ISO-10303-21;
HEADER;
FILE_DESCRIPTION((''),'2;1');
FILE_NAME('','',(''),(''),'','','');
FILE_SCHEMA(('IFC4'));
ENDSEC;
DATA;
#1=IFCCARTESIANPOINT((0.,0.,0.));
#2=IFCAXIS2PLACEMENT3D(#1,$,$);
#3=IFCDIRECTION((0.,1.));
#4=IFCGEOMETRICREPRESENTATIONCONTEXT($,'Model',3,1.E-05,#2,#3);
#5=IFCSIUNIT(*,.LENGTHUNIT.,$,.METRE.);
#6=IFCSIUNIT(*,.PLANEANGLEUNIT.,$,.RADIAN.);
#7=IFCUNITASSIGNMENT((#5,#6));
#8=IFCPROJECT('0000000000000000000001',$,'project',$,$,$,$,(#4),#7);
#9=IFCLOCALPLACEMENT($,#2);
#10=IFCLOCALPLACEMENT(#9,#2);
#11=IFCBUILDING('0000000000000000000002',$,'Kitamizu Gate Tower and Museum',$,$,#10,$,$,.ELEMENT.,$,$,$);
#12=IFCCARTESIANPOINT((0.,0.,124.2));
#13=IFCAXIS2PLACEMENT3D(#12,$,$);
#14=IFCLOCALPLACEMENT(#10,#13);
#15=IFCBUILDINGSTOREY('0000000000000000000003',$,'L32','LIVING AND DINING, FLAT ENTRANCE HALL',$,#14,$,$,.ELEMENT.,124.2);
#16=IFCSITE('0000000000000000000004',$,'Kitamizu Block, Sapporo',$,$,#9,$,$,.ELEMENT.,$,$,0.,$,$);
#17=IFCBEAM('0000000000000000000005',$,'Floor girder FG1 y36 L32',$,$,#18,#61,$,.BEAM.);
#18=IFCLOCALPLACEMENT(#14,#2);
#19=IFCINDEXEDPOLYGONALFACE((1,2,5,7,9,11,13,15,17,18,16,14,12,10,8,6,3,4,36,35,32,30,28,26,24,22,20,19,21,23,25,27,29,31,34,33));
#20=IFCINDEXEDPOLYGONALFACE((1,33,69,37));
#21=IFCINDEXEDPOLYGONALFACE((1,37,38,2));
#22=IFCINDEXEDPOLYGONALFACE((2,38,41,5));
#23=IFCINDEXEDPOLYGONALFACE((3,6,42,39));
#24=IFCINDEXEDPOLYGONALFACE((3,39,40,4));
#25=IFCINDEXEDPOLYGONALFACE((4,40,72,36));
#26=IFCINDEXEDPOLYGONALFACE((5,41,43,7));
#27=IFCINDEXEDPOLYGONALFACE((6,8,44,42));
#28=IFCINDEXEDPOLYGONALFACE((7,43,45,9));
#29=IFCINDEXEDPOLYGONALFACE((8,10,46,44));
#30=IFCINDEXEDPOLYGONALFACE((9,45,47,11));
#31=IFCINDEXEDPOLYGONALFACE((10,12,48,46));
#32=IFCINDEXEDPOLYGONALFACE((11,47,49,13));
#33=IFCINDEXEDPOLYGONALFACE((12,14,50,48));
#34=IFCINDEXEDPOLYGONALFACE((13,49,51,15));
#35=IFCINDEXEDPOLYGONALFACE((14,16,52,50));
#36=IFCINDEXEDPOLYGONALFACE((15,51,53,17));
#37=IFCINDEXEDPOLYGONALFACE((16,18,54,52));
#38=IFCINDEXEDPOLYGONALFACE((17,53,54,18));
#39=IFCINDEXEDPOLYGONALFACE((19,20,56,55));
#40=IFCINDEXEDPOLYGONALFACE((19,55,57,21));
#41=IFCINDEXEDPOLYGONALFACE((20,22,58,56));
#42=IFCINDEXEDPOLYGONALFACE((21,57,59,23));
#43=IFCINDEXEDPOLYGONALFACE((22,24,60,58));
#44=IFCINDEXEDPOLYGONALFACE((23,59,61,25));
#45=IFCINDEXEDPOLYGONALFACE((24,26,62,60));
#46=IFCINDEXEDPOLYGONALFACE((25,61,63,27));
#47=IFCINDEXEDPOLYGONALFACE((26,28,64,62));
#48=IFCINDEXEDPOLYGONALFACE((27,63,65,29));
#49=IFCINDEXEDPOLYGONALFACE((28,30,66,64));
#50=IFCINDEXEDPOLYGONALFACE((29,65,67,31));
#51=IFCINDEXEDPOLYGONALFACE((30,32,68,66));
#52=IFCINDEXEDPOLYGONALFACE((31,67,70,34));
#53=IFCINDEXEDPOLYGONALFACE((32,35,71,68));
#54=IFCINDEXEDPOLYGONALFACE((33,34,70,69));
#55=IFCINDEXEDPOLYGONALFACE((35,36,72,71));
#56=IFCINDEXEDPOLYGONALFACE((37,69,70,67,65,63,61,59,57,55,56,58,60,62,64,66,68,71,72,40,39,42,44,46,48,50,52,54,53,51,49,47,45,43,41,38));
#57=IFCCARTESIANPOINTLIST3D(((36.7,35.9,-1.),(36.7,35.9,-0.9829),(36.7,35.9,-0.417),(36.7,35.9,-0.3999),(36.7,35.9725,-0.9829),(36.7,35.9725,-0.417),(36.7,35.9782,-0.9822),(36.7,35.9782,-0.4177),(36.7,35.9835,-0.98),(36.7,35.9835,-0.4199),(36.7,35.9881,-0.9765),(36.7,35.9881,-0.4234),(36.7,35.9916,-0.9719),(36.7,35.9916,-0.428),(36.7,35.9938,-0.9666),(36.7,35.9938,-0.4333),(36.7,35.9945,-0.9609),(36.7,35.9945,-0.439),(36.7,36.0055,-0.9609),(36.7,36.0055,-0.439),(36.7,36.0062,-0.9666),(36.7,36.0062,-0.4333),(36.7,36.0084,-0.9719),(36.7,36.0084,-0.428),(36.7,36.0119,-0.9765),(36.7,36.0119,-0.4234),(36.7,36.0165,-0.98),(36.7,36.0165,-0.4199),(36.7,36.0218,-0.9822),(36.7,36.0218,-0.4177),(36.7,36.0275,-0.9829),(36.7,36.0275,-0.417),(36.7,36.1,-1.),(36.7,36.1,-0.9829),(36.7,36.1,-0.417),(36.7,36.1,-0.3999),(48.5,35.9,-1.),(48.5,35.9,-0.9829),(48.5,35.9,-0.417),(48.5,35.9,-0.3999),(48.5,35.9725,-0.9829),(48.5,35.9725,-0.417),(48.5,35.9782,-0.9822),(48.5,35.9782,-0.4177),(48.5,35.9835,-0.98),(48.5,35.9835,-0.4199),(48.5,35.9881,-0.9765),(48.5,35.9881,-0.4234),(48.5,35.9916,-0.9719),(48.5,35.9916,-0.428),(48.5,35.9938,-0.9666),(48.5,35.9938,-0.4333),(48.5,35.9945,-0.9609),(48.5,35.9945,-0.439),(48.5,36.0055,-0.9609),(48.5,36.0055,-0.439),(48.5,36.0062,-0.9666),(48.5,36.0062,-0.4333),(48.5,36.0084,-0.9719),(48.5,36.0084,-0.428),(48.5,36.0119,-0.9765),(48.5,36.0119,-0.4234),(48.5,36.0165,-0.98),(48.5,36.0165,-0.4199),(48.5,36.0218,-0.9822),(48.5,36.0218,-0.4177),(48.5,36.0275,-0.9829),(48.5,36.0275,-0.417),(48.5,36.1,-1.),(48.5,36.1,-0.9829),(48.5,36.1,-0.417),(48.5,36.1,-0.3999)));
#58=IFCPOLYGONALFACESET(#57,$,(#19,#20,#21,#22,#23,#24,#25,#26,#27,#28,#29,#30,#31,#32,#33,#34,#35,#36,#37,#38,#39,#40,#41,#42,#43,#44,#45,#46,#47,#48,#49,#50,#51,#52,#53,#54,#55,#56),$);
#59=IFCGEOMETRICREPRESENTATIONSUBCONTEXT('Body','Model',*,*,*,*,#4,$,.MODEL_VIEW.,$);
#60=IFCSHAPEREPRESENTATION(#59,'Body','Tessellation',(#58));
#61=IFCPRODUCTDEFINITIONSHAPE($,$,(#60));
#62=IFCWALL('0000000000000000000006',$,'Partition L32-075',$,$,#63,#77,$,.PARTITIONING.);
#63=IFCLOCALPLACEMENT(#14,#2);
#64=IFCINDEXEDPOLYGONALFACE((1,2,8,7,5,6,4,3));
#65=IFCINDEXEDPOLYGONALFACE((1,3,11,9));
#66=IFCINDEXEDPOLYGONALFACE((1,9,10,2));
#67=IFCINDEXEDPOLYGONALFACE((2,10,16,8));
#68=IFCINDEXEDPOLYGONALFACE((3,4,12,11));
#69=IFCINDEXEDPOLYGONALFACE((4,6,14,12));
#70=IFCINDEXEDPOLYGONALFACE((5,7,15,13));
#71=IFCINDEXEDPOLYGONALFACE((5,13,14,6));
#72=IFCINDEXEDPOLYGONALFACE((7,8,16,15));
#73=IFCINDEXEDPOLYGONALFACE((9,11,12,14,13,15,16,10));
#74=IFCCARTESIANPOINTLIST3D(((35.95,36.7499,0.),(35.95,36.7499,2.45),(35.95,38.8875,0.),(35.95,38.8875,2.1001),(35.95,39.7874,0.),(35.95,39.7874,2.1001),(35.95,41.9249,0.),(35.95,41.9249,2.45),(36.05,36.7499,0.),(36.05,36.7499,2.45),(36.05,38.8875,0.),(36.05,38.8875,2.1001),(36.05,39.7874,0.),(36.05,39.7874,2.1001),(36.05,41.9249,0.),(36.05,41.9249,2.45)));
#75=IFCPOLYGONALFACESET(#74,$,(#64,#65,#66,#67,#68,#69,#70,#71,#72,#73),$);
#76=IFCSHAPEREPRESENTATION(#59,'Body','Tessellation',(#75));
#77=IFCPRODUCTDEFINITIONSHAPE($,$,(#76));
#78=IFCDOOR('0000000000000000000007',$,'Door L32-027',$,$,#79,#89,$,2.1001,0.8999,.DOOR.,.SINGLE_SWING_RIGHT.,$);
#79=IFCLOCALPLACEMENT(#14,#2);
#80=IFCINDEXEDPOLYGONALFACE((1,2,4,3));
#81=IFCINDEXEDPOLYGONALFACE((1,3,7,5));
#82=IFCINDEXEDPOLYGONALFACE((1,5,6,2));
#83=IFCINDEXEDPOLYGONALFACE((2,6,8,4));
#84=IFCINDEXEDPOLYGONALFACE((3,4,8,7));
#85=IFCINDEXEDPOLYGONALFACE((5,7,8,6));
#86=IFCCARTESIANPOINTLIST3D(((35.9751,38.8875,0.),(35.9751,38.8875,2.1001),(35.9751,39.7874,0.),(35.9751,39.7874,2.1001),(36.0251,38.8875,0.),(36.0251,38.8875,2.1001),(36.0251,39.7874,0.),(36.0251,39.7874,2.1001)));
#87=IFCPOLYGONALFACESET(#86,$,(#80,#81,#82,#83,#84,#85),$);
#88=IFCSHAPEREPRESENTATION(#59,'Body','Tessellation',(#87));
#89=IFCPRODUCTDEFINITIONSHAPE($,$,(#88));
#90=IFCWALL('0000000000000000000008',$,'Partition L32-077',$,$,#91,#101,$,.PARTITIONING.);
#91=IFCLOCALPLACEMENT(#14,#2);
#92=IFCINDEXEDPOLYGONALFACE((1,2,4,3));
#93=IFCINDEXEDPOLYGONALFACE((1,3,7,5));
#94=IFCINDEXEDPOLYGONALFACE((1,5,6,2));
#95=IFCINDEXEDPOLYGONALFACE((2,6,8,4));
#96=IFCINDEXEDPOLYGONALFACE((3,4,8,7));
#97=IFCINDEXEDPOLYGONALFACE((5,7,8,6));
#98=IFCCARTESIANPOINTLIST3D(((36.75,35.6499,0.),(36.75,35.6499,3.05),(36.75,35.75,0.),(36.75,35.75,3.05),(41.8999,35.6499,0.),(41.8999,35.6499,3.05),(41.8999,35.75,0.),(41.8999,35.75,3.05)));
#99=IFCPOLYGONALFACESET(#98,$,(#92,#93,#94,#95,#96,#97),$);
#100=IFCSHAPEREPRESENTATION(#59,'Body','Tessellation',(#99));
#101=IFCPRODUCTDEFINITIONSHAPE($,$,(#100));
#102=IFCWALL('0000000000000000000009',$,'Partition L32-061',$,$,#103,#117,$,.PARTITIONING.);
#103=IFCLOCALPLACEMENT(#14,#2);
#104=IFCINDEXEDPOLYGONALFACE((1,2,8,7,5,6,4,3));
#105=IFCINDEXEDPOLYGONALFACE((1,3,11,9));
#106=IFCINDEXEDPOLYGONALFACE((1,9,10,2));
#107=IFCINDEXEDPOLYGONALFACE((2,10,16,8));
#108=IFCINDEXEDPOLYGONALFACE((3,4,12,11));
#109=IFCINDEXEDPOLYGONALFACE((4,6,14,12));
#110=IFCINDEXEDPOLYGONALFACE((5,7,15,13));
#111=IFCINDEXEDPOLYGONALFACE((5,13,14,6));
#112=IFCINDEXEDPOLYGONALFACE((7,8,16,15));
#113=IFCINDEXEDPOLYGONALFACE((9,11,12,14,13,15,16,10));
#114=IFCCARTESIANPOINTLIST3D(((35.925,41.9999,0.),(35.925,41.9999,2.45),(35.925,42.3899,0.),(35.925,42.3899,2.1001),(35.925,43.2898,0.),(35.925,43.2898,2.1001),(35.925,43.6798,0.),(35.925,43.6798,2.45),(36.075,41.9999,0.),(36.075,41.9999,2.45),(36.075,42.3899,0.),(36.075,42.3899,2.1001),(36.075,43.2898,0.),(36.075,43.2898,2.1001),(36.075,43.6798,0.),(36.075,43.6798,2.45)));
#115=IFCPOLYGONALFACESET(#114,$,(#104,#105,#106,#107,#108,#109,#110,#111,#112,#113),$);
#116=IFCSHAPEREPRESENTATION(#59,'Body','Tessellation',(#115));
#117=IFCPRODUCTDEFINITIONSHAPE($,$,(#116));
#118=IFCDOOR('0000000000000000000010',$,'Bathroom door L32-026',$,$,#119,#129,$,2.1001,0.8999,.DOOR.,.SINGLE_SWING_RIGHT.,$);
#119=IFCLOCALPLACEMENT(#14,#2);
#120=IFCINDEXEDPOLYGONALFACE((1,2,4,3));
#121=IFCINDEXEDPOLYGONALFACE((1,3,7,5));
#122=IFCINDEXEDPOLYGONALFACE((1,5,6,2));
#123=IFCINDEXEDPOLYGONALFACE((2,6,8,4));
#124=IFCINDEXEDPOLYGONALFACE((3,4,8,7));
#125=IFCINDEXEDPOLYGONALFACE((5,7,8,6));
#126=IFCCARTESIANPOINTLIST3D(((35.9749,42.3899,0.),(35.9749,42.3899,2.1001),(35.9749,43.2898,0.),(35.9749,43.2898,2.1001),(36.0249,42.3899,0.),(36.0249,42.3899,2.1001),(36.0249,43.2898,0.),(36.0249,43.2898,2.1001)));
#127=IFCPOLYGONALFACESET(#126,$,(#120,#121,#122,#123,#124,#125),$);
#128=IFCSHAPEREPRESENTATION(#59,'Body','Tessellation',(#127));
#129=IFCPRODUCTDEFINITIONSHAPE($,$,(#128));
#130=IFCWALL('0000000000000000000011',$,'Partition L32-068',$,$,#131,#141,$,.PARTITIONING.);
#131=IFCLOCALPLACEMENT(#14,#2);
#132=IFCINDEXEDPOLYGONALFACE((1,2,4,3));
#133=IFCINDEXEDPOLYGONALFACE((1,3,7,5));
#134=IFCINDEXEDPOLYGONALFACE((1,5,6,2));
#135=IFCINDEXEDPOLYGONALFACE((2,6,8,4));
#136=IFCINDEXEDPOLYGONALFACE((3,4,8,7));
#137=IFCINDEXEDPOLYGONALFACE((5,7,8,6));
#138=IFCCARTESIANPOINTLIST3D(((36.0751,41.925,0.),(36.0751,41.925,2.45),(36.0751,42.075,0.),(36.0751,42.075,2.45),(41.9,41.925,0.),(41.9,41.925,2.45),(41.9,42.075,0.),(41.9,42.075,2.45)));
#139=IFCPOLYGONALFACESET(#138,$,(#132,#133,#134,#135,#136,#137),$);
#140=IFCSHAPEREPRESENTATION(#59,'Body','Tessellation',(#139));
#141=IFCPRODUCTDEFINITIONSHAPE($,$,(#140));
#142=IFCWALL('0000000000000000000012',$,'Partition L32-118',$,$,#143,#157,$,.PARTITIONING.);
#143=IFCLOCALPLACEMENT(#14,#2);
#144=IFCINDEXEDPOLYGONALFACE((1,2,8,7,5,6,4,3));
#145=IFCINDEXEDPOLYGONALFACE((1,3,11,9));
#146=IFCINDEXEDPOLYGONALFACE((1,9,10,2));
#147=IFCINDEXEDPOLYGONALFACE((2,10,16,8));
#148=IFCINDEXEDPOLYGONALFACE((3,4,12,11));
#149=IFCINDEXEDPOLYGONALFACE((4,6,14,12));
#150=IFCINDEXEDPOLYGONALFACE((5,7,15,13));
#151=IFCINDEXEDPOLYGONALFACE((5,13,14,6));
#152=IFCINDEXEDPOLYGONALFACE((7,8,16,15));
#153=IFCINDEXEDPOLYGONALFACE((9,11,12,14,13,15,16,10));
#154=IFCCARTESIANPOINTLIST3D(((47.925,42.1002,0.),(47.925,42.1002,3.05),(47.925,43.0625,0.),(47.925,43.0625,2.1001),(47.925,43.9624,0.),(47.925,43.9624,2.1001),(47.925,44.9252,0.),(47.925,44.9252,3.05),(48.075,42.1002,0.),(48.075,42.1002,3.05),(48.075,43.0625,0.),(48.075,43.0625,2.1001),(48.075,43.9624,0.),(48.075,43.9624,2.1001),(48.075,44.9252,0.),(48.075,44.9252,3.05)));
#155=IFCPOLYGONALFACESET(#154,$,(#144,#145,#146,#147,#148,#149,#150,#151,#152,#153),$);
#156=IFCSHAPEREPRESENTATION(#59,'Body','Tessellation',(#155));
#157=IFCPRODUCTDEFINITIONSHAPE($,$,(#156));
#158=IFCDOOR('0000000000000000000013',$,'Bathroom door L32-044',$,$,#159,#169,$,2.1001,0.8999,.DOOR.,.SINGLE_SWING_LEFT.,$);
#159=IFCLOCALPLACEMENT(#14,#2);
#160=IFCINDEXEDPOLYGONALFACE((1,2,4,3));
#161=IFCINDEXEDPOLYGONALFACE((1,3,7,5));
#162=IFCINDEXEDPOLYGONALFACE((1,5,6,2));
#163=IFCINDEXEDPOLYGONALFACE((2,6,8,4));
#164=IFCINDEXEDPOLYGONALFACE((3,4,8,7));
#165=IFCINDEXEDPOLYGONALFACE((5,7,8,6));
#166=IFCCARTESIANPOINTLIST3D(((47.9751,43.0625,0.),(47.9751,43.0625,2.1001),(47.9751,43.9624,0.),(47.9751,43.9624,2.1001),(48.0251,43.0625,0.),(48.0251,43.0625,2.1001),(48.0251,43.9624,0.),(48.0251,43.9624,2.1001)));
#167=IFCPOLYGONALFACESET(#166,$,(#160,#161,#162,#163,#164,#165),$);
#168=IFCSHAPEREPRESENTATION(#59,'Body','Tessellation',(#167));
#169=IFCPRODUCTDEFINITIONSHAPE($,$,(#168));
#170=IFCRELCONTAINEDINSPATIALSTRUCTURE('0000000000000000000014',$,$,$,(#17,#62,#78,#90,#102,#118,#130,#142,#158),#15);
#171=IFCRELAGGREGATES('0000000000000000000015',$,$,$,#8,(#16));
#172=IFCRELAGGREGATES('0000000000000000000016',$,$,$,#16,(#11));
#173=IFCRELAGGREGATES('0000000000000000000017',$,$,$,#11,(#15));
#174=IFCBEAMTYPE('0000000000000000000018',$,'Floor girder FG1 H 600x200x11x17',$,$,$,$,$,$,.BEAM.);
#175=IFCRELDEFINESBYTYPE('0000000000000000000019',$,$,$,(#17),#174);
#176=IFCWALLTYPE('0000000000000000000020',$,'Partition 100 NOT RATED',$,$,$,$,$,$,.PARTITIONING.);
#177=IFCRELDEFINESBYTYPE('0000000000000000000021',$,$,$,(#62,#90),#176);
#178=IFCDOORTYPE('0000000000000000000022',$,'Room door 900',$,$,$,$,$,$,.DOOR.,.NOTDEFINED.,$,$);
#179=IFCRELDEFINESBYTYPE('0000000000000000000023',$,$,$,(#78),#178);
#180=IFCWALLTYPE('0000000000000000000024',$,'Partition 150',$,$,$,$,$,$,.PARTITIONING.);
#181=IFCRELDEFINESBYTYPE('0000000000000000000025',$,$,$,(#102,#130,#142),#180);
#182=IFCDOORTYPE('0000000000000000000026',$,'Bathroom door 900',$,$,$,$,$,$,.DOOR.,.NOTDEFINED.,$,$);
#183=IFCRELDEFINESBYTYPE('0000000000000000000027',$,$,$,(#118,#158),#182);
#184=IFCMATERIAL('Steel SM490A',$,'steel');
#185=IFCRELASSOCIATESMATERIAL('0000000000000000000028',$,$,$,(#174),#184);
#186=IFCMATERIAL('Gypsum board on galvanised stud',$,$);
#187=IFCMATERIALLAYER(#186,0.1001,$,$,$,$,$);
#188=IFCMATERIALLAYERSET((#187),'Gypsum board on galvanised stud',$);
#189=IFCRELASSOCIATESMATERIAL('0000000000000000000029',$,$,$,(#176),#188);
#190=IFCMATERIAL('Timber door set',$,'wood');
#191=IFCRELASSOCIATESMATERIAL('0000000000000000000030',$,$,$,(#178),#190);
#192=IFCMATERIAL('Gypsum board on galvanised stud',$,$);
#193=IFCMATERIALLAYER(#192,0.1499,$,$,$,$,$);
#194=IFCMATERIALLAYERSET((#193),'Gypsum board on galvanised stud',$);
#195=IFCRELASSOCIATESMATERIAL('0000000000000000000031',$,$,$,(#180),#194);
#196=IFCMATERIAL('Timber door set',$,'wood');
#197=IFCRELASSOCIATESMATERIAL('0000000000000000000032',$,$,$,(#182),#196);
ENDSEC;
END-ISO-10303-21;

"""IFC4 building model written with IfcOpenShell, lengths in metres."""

from ifc_helpers import new_model, si_unit, direction, frame, frame_2d, origin, origin_2d, place, context, subcontext, project, spatial, rectangle, i_section, extrude, material, layer, layer_set, material_profile, profile_set, type_object, element, fill, save


model = new_model("IFC4")

# Units and contexts
model_context = context("Model", 3, precision=1e-05, world=origin(), true_north=direction((0.0, 1.0)))
body_context = subcontext(model_context, "Body", "Model", "MODEL_VIEW")
ifc_project = project(units=[si_unit("LENGTHUNIT", "METRE"), si_unit("PLANEANGLEUNIT", "RADIAN")], contexts=[model_context])

# Site, building, storey
site_placement = place(None, origin())
site = spatial("IfcSite", under=ifc_project, at=site_placement, Name="Kitamizu Block, Sapporo", CompositionType="ELEMENT", RefElevation=0.0)
building_placement = place(site_placement, origin())
building = spatial("IfcBuilding", under=site, at=building_placement, Name="Kitamizu Gate Tower and Museum", CompositionType="ELEMENT")
storey_placement = place(building_placement, frame((0.0, 0.0, 124.2)))
storey = spatial("IfcBuildingStorey", under=building, at=storey_placement, Name="L32", Description="LIVING AND DINING, FLAT ENTRANCE HALL", CompositionType="ELEMENT", Elevation=124.2)

# Beam
ifc_material_1 = material(Name="Steel SM490A", Category="steel")
ifc_material_profile = material_profile(ifc_material_1, i_section(OverallWidth=0.2, OverallDepth=0.6001, WebThickness=0.011, FlangeThickness=0.0171, FilletRadius=0.022, at=origin_2d()), Name="H-600x200x11x17")
ifc_profile_set = profile_set([ifc_material_profile], Name="Steel SM490A")
beam_type = type_object("IfcBeamType", Name="Floor girder FG1 H 600x200x11x17", PredefinedType="BEAM", material=ifc_profile_set)
beam_placement = place(storey_placement, frame((36.7, 36.0, -0.7), z_axis=(1.0, 0.0, 0.0), x_axis=(0.0, 1.0, 0.0)))
element("IfcBeam", 1, at=beam_placement, inside=storey, type_object=beam_type, Name="Floor girder FG1 y36 L32", PredefinedType="BEAM", context=body_context, shape_type="SweptSolid", body=[
    extrude(i_section(OverallWidth=0.2, OverallDepth=0.6001, WebThickness=0.011, FlangeThickness=0.0171, FilletRadius=0.022, at=origin_2d()), origin(), (0.0, 0.0, 1.0), 11.8),
])

# Wall, opening, door
ifc_material_2 = material(Name="Gypsum board on galvanised stud")
ifc_layer_1 = layer(ifc_material_2, 0.1001)
ifc_layer_set_1 = layer_set([ifc_layer_1], Name="Gypsum board on galvanised stud")
wall_type_1 = type_object("IfcWallType", Name="Partition 100 NOT RATED", PredefinedType="PARTITIONING", material=ifc_layer_set_1)
wall_1_placement = place(storey_placement, frame((36.0, 36.75, 0.0), z_axis=(0.0, 0.0, 1.0), x_axis=(0.0, 1.0, 0.0)))
wall_1 = element("IfcWall", 2, at=wall_1_placement, inside=storey, type_object=wall_type_1, Name="Partition L32-075", PredefinedType="PARTITIONING", context=body_context, shape_type="SweptSolid", body=[
    extrude(rectangle(XDim=5.175, YDim=0.1001, at=frame_2d((2.5874, 0.0))), origin(), (0.0, 0.0, 1.0), 2.45),
])
opening_1_placement = place(wall_1_placement, frame((2.1375, 0.0, 0.0)))
opening_1 = element("IfcOpeningElement", 3, at=opening_1_placement, cuts=wall_1, PredefinedType="OPENING", context=body_context, shape_type="SweptSolid", body=[
    extrude(rectangle(XDim=0.8999, YDim=2.1001, at=frame_2d((0.45, 1.05))), frame((0.0, 0.0601, 0.0), z_axis=(0.0, -1.0, 0.0), x_axis=(1.0, 0.0, 0.0)), (0.0, 0.0, 1.0), 0.1201),
])
ifc_material_3 = material(Name="Timber door set", Category="wood")
door_type_1 = type_object("IfcDoorType", Name="Room door 900", OperationType="NOTDEFINED", PredefinedType="DOOR", material=ifc_material_3)
door_1_placement = place(opening_1_placement, origin())
door_1 = element("IfcDoor", 4, at=door_1_placement, inside=storey, type_object=door_type_1, Name="Door L32-027", OperationType="SINGLE_SWING_RIGHT", OverallHeight=2.1001, OverallWidth=0.8999, PredefinedType="DOOR", context=body_context, shape_type="SweptSolid", body=[
    extrude(rectangle(XDim=0.8999, YDim=2.1001, at=frame_2d((0.45, 1.05))), frame((0.0, 0.0249, 0.0), z_axis=(0.0, -1.0, 0.0), x_axis=(1.0, 0.0, 0.0)), (0.0, 0.0, 1.0), 0.05),
])
fill(opening_1, door_1)

# Wall
wall_2_placement = place(storey_placement, frame((36.75, 35.7, 0.0), z_axis=(0.0, 0.0, 1.0), x_axis=(1.0, 0.0, 0.0)))
element("IfcWall", 5, at=wall_2_placement, inside=storey, type_object=wall_type_1, Name="Partition L32-077", PredefinedType="PARTITIONING", context=body_context, shape_type="SweptSolid", body=[
    extrude(rectangle(XDim=5.1499, YDim=0.1001, at=frame_2d((2.575, 0.0))), origin(), (0.0, 0.0, 1.0), 3.05),
])

# Wall, opening, door
ifc_material_4 = material(Name="Gypsum board on galvanised stud")
ifc_layer_2 = layer(ifc_material_4, 0.1499)
ifc_layer_set_2 = layer_set([ifc_layer_2], Name="Gypsum board on galvanised stud")
wall_type_2 = type_object("IfcWallType", Name="Partition 150", PredefinedType="PARTITIONING", material=ifc_layer_set_2)
wall_3_placement = place(storey_placement, frame((36.0, 42.0, 0.0), z_axis=(0.0, 0.0, 1.0), x_axis=(0.0, 1.0, 0.0)))
wall_3 = element("IfcWall", 6, at=wall_3_placement, inside=storey, type_object=wall_type_2, Name="Partition L32-061", PredefinedType="PARTITIONING", context=body_context, shape_type="SweptSolid", body=[
    extrude(rectangle(XDim=1.6799, YDim=0.1499, at=frame_2d((0.8398, 0.0))), origin(), (0.0, 0.0, 1.0), 2.45),
])
opening_2_placement = place(wall_3_placement, frame((0.3899, 0.0, 0.0)))
opening_2 = element("IfcOpeningElement", 7, at=opening_2_placement, cuts=wall_3, PredefinedType="OPENING", context=body_context, shape_type="SweptSolid", body=[
    extrude(rectangle(XDim=0.8999, YDim=2.1001, at=frame_2d((0.45, 1.05))), frame((0.0, 0.085, 0.0), z_axis=(0.0, -1.0, 0.0), x_axis=(1.0, 0.0, 0.0)), (0.0, 0.0, 1.0), 0.1699),
])
ifc_material_5 = material(Name="Timber door set", Category="wood")
door_type_2 = type_object("IfcDoorType", Name="Bathroom door 900", OperationType="NOTDEFINED", PredefinedType="DOOR", material=ifc_material_5)
door_2_placement = place(opening_2_placement, frame((0.8999, 0.0, 0.0), x_axis=(-1.0, 0.0, 0.0)))
door_2 = element("IfcDoor", 8, at=door_2_placement, inside=storey, type_object=door_type_2, Name="Bathroom door L32-026", OperationType="SINGLE_SWING_RIGHT", OverallHeight=2.1001, OverallWidth=0.8999, PredefinedType="DOOR", context=body_context, shape_type="SweptSolid", body=[
    extrude(rectangle(XDim=0.8999, YDim=2.1001, at=frame_2d((0.45, 1.05))), frame((0.0, 0.0249, 0.0), z_axis=(0.0, -1.0, 0.0), x_axis=(1.0, 0.0, 0.0)), (0.0, 0.0, 1.0), 0.05),
])
fill(opening_2, door_2)

# Wall
wall_4_placement = place(storey_placement, frame((36.075, 42.0, 0.0), z_axis=(0.0, 0.0, 1.0), x_axis=(1.0, 0.0, 0.0)))
element("IfcWall", 9, at=wall_4_placement, inside=storey, type_object=wall_type_2, Name="Partition L32-068", PredefinedType="PARTITIONING", context=body_context, shape_type="SweptSolid", body=[
    extrude(rectangle(XDim=5.825, YDim=0.1499, at=frame_2d((2.9126, 0.0))), origin(), (0.0, 0.0, 1.0), 2.45),
])

# Wall, opening, door
wall_5_placement = place(storey_placement, frame((48.0, 42.1001, 0.0), z_axis=(0.0, 0.0, 1.0), x_axis=(0.0, 1.0, 0.0)))
wall_5 = element("IfcWall", 10, at=wall_5_placement, inside=storey, type_object=wall_type_2, Name="Partition L32-118", PredefinedType="PARTITIONING", context=body_context, shape_type="SweptSolid", body=[
    extrude(rectangle(XDim=2.825, YDim=0.1499, at=frame_2d((1.4126, 0.0))), origin(), (0.0, 0.0, 1.0), 3.05),
])
opening_3_placement = place(wall_5_placement, frame((0.9624, 0.0, 0.0)))
opening_3 = element("IfcOpeningElement", 11, at=opening_3_placement, cuts=wall_5, PredefinedType="OPENING", context=body_context, shape_type="SweptSolid", body=[
    extrude(rectangle(XDim=0.8999, YDim=2.1001, at=frame_2d((0.45, 1.05))), frame((0.0, 0.085, 0.0), z_axis=(0.0, -1.0, 0.0), x_axis=(1.0, 0.0, 0.0)), (0.0, 0.0, 1.0), 0.1699),
])
door_3_placement = place(opening_3_placement, origin())
door_3 = element("IfcDoor", 12, at=door_3_placement, inside=storey, type_object=door_type_2, Name="Bathroom door L32-044", OperationType="SINGLE_SWING_LEFT", OverallHeight=2.1001, OverallWidth=0.8999, PredefinedType="DOOR", context=body_context, shape_type="SweptSolid", body=[
    extrude(rectangle(XDim=0.8999, YDim=2.1001, at=frame_2d((0.45, 1.05))), frame((0.0, 0.0249, 0.0), z_axis=(0.0, -1.0, 0.0), x_axis=(1.0, 0.0, 0.0)), (0.0, 0.0, 1.0), 0.05),
])
fill(opening_3, door_3)

save(model, "model.ifc")
